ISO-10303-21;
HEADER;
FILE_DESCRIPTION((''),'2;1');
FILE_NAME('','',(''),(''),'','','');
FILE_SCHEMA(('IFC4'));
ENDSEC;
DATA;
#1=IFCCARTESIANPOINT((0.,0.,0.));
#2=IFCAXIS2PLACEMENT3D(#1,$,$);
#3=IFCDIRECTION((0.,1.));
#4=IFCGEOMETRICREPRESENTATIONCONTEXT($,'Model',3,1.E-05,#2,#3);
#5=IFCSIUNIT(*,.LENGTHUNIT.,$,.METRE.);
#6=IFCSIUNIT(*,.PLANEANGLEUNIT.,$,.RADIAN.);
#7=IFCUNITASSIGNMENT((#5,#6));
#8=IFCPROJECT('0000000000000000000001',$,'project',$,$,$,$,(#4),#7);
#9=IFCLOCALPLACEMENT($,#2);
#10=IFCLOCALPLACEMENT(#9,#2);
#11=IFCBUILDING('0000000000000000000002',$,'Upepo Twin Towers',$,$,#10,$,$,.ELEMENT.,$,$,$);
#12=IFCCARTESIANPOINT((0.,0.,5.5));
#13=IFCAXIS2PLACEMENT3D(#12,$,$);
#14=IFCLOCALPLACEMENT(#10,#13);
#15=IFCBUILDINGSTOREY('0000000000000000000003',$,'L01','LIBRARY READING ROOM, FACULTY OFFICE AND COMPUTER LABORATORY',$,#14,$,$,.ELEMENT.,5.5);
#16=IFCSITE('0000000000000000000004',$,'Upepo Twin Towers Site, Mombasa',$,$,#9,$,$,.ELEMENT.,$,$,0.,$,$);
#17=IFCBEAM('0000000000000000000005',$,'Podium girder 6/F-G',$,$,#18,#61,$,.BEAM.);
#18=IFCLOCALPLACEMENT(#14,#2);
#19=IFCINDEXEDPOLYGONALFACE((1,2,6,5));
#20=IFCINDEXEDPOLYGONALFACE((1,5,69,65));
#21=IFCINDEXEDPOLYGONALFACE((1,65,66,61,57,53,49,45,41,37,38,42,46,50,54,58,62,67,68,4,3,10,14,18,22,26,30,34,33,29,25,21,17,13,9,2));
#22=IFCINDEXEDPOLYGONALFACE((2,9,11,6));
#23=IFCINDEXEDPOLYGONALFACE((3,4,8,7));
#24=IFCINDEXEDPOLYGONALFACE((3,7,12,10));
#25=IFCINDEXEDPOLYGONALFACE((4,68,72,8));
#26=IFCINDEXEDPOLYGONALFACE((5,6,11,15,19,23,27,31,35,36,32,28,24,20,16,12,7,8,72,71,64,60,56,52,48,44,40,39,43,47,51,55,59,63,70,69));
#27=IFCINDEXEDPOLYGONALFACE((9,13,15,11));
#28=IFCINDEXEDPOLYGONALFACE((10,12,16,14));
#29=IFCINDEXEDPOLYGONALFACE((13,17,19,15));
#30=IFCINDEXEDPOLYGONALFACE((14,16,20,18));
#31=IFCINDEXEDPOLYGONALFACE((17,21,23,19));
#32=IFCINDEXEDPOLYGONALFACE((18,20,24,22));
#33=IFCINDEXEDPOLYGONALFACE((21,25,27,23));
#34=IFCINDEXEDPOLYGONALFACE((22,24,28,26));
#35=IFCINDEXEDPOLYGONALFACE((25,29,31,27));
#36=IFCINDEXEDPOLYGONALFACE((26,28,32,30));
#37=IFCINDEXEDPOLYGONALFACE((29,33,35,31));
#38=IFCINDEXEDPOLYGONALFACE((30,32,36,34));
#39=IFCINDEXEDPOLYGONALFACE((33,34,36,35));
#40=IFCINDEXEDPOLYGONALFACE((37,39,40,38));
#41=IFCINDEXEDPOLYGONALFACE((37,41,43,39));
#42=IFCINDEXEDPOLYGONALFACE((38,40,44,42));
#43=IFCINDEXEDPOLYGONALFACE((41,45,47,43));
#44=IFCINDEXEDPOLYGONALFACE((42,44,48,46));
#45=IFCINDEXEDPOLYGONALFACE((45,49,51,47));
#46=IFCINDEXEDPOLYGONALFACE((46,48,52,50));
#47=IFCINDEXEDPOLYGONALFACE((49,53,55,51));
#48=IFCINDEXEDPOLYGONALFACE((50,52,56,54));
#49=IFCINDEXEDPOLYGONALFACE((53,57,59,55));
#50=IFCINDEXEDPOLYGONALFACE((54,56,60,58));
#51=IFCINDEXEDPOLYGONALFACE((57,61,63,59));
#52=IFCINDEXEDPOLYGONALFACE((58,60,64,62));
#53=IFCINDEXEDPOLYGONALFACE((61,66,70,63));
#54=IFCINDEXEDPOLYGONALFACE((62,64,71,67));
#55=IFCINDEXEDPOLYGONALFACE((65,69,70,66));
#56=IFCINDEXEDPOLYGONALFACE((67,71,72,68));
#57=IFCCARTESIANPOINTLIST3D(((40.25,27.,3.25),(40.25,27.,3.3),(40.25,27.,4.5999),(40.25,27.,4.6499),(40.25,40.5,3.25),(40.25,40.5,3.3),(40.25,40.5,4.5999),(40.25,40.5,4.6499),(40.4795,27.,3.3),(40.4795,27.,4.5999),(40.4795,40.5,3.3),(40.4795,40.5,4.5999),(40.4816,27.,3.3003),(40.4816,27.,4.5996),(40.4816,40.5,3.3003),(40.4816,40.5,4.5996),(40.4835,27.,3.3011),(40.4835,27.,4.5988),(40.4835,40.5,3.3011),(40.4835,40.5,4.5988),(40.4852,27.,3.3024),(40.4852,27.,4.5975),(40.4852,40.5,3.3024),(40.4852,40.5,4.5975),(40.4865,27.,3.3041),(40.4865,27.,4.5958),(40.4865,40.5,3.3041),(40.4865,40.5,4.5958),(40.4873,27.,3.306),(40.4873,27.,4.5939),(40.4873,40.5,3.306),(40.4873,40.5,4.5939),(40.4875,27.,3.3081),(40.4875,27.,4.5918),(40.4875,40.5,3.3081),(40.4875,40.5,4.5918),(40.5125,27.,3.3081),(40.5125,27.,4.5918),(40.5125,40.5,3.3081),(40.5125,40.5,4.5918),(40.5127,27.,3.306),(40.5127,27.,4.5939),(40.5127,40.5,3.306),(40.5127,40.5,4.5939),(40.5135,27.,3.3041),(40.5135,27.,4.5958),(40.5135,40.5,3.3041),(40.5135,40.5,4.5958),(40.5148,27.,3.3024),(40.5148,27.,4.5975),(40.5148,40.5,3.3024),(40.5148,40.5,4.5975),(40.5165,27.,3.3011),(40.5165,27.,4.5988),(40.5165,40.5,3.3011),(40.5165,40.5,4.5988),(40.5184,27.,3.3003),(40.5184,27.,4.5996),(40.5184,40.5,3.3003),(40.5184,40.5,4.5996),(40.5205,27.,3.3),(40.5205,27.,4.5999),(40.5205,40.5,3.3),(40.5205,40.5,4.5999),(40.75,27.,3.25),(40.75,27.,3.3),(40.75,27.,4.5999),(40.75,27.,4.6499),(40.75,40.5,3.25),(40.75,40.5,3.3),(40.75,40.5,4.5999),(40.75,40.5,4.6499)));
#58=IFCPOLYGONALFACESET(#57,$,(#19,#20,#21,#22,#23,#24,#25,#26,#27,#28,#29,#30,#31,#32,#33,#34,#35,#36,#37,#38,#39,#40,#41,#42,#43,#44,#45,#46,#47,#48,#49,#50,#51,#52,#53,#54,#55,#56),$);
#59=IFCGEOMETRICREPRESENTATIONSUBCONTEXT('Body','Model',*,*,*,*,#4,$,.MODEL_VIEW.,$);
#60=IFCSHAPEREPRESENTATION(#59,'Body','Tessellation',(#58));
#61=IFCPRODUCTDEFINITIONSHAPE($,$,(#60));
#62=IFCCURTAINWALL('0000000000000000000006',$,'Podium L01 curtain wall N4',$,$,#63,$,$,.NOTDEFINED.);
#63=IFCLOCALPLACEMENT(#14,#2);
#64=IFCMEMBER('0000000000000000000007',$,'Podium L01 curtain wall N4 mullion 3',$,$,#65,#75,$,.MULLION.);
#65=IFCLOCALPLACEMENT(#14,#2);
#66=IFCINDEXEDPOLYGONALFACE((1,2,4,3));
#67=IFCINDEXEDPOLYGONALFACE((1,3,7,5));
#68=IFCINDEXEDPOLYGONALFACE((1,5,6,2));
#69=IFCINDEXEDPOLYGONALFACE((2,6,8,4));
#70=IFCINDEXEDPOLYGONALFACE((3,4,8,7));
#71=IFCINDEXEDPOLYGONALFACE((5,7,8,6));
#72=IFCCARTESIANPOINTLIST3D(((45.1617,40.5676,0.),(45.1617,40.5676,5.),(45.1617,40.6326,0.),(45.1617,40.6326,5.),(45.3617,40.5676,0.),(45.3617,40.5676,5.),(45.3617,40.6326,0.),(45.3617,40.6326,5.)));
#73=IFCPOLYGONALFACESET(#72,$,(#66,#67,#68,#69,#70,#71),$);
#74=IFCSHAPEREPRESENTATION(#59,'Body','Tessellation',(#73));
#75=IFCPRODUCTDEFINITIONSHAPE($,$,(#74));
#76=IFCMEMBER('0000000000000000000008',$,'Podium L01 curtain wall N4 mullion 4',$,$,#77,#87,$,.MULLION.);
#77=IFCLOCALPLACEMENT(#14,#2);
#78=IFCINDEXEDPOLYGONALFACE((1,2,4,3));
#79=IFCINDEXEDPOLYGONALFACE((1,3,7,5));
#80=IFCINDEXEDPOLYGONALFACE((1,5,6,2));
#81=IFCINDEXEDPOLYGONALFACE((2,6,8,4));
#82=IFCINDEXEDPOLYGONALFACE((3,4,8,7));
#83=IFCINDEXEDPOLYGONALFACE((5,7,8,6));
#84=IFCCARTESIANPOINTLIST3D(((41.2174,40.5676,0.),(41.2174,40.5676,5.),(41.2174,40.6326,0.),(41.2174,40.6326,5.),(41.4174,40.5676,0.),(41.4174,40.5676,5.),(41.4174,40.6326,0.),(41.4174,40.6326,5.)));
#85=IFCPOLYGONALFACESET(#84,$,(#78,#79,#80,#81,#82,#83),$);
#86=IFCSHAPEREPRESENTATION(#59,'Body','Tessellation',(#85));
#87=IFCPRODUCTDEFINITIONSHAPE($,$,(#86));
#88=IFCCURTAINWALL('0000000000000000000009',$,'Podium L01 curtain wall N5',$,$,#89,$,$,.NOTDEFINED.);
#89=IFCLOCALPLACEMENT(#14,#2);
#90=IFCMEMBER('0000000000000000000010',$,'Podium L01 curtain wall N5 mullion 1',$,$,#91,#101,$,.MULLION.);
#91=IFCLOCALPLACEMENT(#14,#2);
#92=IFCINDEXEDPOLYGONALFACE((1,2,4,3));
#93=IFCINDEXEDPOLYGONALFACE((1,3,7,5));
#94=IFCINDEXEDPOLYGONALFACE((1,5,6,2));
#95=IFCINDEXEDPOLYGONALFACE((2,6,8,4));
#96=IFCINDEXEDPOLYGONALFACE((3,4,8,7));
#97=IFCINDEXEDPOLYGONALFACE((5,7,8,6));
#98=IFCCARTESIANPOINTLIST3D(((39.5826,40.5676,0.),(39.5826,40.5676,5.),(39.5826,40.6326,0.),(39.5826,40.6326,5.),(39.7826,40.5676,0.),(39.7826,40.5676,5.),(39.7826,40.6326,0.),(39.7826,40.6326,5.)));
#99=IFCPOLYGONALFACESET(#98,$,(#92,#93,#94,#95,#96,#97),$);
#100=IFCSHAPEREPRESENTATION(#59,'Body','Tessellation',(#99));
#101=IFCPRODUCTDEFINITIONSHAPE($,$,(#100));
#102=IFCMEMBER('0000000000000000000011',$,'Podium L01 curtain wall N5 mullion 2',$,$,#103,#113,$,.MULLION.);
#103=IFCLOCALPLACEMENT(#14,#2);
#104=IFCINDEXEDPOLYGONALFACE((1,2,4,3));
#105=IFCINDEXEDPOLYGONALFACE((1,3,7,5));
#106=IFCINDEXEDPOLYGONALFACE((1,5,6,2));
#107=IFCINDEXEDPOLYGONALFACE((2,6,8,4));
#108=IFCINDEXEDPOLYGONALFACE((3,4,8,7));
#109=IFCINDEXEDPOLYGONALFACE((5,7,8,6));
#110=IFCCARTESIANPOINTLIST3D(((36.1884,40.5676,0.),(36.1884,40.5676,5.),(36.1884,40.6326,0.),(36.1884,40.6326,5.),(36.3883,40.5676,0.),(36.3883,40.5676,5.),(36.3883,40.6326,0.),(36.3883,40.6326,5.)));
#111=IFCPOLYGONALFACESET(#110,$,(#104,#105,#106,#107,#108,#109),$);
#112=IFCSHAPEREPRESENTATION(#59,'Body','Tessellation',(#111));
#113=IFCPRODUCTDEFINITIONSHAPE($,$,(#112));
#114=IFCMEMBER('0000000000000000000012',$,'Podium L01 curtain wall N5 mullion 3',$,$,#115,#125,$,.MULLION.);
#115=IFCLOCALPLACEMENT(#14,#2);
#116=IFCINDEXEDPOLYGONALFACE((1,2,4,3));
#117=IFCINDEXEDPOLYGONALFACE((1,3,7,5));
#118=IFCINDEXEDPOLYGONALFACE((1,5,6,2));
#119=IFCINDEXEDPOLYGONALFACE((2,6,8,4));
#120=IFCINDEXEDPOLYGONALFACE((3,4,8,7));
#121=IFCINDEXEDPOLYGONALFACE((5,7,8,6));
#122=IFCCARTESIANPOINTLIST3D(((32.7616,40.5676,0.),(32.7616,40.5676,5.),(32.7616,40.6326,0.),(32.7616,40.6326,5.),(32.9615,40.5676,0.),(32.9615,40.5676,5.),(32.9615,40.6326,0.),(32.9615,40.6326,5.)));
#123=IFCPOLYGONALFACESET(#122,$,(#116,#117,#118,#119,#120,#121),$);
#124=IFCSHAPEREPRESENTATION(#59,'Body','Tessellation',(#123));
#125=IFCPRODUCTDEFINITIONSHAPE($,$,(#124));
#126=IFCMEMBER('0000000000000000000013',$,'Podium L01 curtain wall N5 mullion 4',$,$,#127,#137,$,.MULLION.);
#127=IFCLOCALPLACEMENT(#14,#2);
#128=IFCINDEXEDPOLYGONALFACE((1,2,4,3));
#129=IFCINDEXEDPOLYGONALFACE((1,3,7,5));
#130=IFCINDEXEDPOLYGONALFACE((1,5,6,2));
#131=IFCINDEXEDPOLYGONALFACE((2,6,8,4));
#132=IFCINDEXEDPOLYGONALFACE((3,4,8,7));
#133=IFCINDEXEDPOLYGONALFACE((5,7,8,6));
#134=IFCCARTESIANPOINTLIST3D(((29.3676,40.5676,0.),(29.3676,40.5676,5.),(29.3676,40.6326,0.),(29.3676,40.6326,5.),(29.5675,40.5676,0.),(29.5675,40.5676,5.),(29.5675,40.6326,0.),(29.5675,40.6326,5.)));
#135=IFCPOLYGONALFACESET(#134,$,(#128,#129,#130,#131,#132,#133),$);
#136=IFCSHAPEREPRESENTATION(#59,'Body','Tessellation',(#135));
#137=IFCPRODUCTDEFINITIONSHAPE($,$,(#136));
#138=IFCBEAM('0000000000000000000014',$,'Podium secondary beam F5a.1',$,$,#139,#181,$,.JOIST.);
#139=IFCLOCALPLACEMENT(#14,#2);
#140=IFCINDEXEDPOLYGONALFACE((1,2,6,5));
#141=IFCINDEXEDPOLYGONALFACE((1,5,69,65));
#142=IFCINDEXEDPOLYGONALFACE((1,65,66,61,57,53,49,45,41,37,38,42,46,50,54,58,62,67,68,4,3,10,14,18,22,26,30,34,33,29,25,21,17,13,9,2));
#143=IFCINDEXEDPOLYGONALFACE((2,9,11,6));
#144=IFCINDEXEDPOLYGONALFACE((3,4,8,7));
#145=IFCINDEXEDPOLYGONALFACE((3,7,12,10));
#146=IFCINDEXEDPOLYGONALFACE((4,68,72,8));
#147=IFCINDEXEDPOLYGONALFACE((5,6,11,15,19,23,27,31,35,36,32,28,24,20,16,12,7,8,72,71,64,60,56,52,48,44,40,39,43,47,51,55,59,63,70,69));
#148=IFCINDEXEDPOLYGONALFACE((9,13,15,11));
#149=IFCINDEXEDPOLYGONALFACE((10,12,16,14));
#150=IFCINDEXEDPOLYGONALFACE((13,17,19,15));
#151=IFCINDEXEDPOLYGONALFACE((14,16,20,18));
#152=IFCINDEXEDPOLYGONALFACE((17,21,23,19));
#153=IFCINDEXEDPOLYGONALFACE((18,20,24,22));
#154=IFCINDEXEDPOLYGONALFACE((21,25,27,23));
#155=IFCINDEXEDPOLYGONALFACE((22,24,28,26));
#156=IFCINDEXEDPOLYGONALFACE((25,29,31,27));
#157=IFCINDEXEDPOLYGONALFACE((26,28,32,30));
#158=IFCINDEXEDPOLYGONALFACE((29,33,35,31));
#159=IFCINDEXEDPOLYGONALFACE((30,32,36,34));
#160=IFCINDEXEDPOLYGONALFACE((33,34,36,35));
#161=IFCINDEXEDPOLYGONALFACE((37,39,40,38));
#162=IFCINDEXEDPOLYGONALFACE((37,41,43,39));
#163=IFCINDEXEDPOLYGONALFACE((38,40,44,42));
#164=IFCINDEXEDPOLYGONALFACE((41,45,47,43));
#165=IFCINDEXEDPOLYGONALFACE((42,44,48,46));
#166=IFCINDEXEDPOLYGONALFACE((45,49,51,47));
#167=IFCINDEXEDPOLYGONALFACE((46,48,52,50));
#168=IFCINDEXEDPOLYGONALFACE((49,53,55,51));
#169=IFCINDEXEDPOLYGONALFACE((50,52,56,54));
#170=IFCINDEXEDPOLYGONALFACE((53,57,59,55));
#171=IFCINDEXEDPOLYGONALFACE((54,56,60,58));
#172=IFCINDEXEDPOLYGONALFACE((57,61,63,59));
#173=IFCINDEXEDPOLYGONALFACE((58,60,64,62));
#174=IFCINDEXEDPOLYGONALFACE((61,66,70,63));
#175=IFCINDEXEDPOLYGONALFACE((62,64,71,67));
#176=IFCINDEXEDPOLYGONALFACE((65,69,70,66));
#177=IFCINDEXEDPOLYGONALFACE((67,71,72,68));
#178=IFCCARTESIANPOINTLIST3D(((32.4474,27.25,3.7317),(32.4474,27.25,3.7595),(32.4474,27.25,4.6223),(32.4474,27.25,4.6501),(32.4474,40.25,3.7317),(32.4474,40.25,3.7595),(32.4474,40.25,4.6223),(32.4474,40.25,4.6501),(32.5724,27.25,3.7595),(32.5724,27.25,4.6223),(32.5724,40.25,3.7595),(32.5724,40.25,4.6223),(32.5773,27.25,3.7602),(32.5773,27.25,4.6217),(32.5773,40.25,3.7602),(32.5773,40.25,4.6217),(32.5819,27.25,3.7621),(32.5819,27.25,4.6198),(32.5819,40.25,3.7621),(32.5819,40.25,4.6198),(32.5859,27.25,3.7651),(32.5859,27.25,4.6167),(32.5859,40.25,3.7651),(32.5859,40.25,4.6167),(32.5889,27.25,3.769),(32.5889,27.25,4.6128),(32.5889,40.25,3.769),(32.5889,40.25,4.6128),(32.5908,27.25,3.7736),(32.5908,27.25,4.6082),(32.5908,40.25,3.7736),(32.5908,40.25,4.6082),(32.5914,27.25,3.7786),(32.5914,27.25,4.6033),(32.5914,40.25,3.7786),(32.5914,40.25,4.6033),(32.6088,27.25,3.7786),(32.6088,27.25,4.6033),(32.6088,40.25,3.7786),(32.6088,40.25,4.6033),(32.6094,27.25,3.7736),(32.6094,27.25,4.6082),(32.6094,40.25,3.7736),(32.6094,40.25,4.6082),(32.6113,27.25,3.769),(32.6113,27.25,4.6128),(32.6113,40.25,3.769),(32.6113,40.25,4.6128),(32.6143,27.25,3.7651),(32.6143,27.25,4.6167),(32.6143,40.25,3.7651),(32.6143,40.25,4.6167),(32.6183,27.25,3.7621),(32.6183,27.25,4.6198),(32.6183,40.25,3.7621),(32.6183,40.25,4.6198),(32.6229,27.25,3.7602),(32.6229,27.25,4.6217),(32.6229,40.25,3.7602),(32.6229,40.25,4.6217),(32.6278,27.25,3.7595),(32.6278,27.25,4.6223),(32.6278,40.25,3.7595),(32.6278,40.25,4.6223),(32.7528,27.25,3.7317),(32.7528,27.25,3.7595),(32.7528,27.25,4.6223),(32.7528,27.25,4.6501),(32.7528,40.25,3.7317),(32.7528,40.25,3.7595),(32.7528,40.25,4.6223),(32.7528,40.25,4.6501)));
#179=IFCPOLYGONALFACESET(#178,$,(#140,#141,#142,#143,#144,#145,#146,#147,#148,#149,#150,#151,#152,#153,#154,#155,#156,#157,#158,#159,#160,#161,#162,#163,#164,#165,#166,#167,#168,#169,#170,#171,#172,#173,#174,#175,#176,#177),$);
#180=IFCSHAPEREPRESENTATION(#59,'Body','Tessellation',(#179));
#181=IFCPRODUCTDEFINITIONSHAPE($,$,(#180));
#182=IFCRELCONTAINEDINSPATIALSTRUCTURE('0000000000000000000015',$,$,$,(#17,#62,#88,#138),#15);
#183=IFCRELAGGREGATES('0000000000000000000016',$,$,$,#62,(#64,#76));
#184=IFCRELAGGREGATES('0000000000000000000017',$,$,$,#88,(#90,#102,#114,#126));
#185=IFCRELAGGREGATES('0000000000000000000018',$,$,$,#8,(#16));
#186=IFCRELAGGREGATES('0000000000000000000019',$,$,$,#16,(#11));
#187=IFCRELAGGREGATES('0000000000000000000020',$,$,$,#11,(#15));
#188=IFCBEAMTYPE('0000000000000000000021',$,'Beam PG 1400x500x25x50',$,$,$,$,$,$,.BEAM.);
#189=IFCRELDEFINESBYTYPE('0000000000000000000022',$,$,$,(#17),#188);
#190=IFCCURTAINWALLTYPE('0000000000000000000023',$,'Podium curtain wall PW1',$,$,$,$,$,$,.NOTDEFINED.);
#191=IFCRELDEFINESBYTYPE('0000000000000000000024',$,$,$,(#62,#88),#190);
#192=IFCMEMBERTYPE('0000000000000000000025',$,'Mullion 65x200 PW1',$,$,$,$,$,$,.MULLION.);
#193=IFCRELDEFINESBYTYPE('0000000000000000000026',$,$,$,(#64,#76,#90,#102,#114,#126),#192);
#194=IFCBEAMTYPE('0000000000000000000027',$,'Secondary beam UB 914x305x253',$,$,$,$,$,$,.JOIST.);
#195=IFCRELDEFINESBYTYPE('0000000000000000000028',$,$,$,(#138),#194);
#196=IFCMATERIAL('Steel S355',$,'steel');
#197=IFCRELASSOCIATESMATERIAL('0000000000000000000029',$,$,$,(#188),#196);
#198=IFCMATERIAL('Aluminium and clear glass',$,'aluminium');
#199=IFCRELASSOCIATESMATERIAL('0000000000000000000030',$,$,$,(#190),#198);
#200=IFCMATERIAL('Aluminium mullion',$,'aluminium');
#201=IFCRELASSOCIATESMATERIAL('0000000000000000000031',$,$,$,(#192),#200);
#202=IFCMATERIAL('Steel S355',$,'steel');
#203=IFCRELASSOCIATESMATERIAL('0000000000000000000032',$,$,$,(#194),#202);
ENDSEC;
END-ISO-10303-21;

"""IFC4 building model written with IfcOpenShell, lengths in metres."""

from ifc_helpers import new_model, si_unit, direction, frame, origin, origin_2d, place, context, subcontext, project, spatial, rectangle, i_section, extrude, material, material_profile, profile_set, type_object, element, aggregate, save


model = new_model("IFC4")

# Units and contexts
model_context = context("Model", 3, precision=1e-05, world=origin(), true_north=direction((0.0, 1.0)))
body_context = subcontext(model_context, "Body", "Model", "MODEL_VIEW")
ifc_project = project(units=[si_unit("LENGTHUNIT", "METRE"), si_unit("PLANEANGLEUNIT", "RADIAN")], contexts=[model_context])

# Site, building, storey
site_placement = place(None, origin())
site = spatial("IfcSite", under=ifc_project, at=site_placement, Name="Upepo Twin Towers Site, Mombasa", CompositionType="ELEMENT", RefElevation=0.0)
building_placement = place(site_placement, origin())
building = spatial("IfcBuilding", under=site, at=building_placement, Name="Upepo Twin Towers", CompositionType="ELEMENT")
storey_placement = place(building_placement, frame((0.0, 0.0, 5.5)))
storey = spatial("IfcBuildingStorey", under=building, at=storey_placement, Name="L01", Description="LIBRARY READING ROOM, FACULTY OFFICE AND COMPUTER LABORATORY", CompositionType="ELEMENT", Elevation=5.5)

# Beam
ifc_material_1 = material(Name="Steel S355", Category="steel")
ifc_material_profile_1 = material_profile(ifc_material_1, i_section(OverallWidth=0.5, OverallDepth=1.3999, WebThickness=0.0249, FlangeThickness=0.05, FilletRadius=0.0081, at=origin_2d()), Name="PG 1400x500x25x50")
ifc_profile_set_1 = profile_set([ifc_material_profile_1], Name="Steel S355")
beam_type_1 = type_object("IfcBeamType", Name="Beam PG 1400x500x25x50", PredefinedType="BEAM", material=ifc_profile_set_1)
for number, where, z_axis, x_axis, name in (
    (1, (40.5, 27.0, 3.95), (0.0, 1.0, 0.0), (-1.0, 0.0, 0.0), "Podium girder 6/F-G"),
):
    element("IfcBeam", number, at=place(storey_placement, frame(where, z_axis=z_axis, x_axis=x_axis)), inside=storey, type_object=beam_type_1, Name=name, PredefinedType="BEAM", context=body_context, shape_type="SweptSolid", body=[
        extrude(i_section(OverallWidth=0.5, OverallDepth=1.3999, WebThickness=0.0249, FlangeThickness=0.05, FilletRadius=0.0081, at=origin_2d()), origin(), (0.0, 0.0, 1.0), 13.5),
    ])

# Curtain walls, members
ifc_material_2 = material(Name="Aluminium and clear glass", Category="aluminium")
curtain_wall_type = type_object("IfcCurtainWallType", Name="Podium curtain wall PW1", PredefinedType="NOTDEFINED", material=ifc_material_2)
curtain_wall_1_placement = place(storey_placement, origin())
curtain_wall_1 = element("IfcCurtainWall", 2, at=curtain_wall_1_placement, inside=storey, type_object=curtain_wall_type, Name="Podium L01 curtain wall N4", PredefinedType="NOTDEFINED")
ifc_material_3 = material(Name="Aluminium mullion", Category="aluminium")
ifc_material_profile_2 = material_profile(ifc_material_3, rectangle(XDim=0.0649, YDim=0.2, at=origin_2d()), Name="MULLION 65x200 PODIUM")
ifc_profile_set_2 = profile_set([ifc_material_profile_2], Name="Aluminium mullion")
member_type_1 = type_object("IfcMemberType", Name="Mullion 65x200 PW1", PredefinedType="MULLION", material=ifc_profile_set_2)
member_1_placement = place(storey_placement, frame((45.2617, 40.6001, 0.0), z_axis=(0.0, 0.0, 1.0), x_axis=(0.0, -1.0, 0.0)))
member_1 = element("IfcMember", 3, at=member_1_placement, type_object=member_type_1, Name="Podium L01 curtain wall N4 mullion 3", PredefinedType="MULLION", context=body_context, shape_type="SweptSolid", body=[
    extrude(rectangle(XDim=0.0649, YDim=0.2, at=origin_2d()), origin(), (0.0, 0.0, 1.0), 5.0),
])
member_2_placement = place(storey_placement, frame((41.3174, 40.6001, 0.0), z_axis=(0.0, 0.0, 1.0), x_axis=(0.0, -1.0, 0.0)))
member_2 = element("IfcMember", 4, at=member_2_placement, type_object=member_type_1, Name="Podium L01 curtain wall N4 mullion 4", PredefinedType="MULLION", context=body_context, shape_type="SweptSolid", body=[
    extrude(rectangle(XDim=0.0649, YDim=0.2, at=origin_2d()), origin(), (0.0, 0.0, 1.0), 5.0),
])
curtain_wall_2_placement = place(storey_placement, origin())
curtain_wall_2 = element("IfcCurtainWall", 5, at=curtain_wall_2_placement, inside=storey, type_object=curtain_wall_type, Name="Podium L01 curtain wall N5", PredefinedType="NOTDEFINED")
member_3_placement = place(storey_placement, frame((39.6826, 40.6001, 0.0), z_axis=(0.0, 0.0, 1.0), x_axis=(0.0, -1.0, 0.0)))
member_3 = element("IfcMember", 6, at=member_3_placement, type_object=member_type_1, Name="Podium L01 curtain wall N5 mullion 1", PredefinedType="MULLION", context=body_context, shape_type="SweptSolid", body=[
    extrude(rectangle(XDim=0.0649, YDim=0.2, at=origin_2d()), origin(), (0.0, 0.0, 1.0), 5.0),
])
member_4_placement = place(storey_placement, frame((36.2883, 40.6001, 0.0), z_axis=(0.0, 0.0, 1.0), x_axis=(0.0, -1.0, 0.0)))
member_4 = element("IfcMember", 7, at=member_4_placement, type_object=member_type_1, Name="Podium L01 curtain wall N5 mullion 2", PredefinedType="MULLION", context=body_context, shape_type="SweptSolid", body=[
    extrude(rectangle(XDim=0.0649, YDim=0.2, at=origin_2d()), origin(), (0.0, 0.0, 1.0), 5.0),
])
member_5_placement = place(storey_placement, frame((32.8616, 40.6001, 0.0), z_axis=(0.0, 0.0, 1.0), x_axis=(0.0, -1.0, 0.0)))
member_5 = element("IfcMember", 8, at=member_5_placement, type_object=member_type_1, Name="Podium L01 curtain wall N5 mullion 3", PredefinedType="MULLION", context=body_context, shape_type="SweptSolid", body=[
    extrude(rectangle(XDim=0.0649, YDim=0.2, at=origin_2d()), origin(), (0.0, 0.0, 1.0), 5.0),
])
member_6_placement = place(storey_placement, frame((29.4675, 40.6001, 0.0), z_axis=(0.0, 0.0, 1.0), x_axis=(0.0, -1.0, 0.0)))
member_6 = element("IfcMember", 9, at=member_6_placement, type_object=member_type_1, Name="Podium L01 curtain wall N5 mullion 4", PredefinedType="MULLION", context=body_context, shape_type="SweptSolid", body=[
    extrude(rectangle(XDim=0.0649, YDim=0.2, at=origin_2d()), origin(), (0.0, 0.0, 1.0), 5.0),
])

# Beam
ifc_material_4 = material(Name="Steel S355", Category="steel")
ifc_material_profile_3 = material_profile(ifc_material_4, i_section(OverallWidth=0.3054, OverallDepth=0.9185, WebThickness=0.0173, FlangeThickness=0.0278, FilletRadius=0.019, at=origin_2d()), Name="UB 914x305x253")
ifc_profile_set_3 = profile_set([ifc_material_profile_3], Name="Steel S355")
beam_type_2 = type_object("IfcBeamType", Name="Secondary beam UB 914x305x253", PredefinedType="JOIST", material=ifc_profile_set_3)
for number, where, z_axis, x_axis, name in (
    (10, (32.6001, 27.25, 4.1909), (0.0, 1.0, 0.0), (-1.0, 0.0, 0.0), "Podium secondary beam F5a.1"),
):
    element("IfcBeam", number, at=place(storey_placement, frame(where, z_axis=z_axis, x_axis=x_axis)), inside=storey, type_object=beam_type_2, Name=name, PredefinedType="JOIST", context=body_context, shape_type="SweptSolid", body=[
        extrude(i_section(OverallWidth=0.3054, OverallDepth=0.9185, WebThickness=0.0173, FlangeThickness=0.0278, FilletRadius=0.019, at=origin_2d()), origin(), (0.0, 0.0, 1.0), 13.0),
    ])

aggregate(curtain_wall_1, [member_1, member_2])
aggregate(curtain_wall_2, [member_3, member_4, member_5, member_6])

save(model, "model.ifc")
